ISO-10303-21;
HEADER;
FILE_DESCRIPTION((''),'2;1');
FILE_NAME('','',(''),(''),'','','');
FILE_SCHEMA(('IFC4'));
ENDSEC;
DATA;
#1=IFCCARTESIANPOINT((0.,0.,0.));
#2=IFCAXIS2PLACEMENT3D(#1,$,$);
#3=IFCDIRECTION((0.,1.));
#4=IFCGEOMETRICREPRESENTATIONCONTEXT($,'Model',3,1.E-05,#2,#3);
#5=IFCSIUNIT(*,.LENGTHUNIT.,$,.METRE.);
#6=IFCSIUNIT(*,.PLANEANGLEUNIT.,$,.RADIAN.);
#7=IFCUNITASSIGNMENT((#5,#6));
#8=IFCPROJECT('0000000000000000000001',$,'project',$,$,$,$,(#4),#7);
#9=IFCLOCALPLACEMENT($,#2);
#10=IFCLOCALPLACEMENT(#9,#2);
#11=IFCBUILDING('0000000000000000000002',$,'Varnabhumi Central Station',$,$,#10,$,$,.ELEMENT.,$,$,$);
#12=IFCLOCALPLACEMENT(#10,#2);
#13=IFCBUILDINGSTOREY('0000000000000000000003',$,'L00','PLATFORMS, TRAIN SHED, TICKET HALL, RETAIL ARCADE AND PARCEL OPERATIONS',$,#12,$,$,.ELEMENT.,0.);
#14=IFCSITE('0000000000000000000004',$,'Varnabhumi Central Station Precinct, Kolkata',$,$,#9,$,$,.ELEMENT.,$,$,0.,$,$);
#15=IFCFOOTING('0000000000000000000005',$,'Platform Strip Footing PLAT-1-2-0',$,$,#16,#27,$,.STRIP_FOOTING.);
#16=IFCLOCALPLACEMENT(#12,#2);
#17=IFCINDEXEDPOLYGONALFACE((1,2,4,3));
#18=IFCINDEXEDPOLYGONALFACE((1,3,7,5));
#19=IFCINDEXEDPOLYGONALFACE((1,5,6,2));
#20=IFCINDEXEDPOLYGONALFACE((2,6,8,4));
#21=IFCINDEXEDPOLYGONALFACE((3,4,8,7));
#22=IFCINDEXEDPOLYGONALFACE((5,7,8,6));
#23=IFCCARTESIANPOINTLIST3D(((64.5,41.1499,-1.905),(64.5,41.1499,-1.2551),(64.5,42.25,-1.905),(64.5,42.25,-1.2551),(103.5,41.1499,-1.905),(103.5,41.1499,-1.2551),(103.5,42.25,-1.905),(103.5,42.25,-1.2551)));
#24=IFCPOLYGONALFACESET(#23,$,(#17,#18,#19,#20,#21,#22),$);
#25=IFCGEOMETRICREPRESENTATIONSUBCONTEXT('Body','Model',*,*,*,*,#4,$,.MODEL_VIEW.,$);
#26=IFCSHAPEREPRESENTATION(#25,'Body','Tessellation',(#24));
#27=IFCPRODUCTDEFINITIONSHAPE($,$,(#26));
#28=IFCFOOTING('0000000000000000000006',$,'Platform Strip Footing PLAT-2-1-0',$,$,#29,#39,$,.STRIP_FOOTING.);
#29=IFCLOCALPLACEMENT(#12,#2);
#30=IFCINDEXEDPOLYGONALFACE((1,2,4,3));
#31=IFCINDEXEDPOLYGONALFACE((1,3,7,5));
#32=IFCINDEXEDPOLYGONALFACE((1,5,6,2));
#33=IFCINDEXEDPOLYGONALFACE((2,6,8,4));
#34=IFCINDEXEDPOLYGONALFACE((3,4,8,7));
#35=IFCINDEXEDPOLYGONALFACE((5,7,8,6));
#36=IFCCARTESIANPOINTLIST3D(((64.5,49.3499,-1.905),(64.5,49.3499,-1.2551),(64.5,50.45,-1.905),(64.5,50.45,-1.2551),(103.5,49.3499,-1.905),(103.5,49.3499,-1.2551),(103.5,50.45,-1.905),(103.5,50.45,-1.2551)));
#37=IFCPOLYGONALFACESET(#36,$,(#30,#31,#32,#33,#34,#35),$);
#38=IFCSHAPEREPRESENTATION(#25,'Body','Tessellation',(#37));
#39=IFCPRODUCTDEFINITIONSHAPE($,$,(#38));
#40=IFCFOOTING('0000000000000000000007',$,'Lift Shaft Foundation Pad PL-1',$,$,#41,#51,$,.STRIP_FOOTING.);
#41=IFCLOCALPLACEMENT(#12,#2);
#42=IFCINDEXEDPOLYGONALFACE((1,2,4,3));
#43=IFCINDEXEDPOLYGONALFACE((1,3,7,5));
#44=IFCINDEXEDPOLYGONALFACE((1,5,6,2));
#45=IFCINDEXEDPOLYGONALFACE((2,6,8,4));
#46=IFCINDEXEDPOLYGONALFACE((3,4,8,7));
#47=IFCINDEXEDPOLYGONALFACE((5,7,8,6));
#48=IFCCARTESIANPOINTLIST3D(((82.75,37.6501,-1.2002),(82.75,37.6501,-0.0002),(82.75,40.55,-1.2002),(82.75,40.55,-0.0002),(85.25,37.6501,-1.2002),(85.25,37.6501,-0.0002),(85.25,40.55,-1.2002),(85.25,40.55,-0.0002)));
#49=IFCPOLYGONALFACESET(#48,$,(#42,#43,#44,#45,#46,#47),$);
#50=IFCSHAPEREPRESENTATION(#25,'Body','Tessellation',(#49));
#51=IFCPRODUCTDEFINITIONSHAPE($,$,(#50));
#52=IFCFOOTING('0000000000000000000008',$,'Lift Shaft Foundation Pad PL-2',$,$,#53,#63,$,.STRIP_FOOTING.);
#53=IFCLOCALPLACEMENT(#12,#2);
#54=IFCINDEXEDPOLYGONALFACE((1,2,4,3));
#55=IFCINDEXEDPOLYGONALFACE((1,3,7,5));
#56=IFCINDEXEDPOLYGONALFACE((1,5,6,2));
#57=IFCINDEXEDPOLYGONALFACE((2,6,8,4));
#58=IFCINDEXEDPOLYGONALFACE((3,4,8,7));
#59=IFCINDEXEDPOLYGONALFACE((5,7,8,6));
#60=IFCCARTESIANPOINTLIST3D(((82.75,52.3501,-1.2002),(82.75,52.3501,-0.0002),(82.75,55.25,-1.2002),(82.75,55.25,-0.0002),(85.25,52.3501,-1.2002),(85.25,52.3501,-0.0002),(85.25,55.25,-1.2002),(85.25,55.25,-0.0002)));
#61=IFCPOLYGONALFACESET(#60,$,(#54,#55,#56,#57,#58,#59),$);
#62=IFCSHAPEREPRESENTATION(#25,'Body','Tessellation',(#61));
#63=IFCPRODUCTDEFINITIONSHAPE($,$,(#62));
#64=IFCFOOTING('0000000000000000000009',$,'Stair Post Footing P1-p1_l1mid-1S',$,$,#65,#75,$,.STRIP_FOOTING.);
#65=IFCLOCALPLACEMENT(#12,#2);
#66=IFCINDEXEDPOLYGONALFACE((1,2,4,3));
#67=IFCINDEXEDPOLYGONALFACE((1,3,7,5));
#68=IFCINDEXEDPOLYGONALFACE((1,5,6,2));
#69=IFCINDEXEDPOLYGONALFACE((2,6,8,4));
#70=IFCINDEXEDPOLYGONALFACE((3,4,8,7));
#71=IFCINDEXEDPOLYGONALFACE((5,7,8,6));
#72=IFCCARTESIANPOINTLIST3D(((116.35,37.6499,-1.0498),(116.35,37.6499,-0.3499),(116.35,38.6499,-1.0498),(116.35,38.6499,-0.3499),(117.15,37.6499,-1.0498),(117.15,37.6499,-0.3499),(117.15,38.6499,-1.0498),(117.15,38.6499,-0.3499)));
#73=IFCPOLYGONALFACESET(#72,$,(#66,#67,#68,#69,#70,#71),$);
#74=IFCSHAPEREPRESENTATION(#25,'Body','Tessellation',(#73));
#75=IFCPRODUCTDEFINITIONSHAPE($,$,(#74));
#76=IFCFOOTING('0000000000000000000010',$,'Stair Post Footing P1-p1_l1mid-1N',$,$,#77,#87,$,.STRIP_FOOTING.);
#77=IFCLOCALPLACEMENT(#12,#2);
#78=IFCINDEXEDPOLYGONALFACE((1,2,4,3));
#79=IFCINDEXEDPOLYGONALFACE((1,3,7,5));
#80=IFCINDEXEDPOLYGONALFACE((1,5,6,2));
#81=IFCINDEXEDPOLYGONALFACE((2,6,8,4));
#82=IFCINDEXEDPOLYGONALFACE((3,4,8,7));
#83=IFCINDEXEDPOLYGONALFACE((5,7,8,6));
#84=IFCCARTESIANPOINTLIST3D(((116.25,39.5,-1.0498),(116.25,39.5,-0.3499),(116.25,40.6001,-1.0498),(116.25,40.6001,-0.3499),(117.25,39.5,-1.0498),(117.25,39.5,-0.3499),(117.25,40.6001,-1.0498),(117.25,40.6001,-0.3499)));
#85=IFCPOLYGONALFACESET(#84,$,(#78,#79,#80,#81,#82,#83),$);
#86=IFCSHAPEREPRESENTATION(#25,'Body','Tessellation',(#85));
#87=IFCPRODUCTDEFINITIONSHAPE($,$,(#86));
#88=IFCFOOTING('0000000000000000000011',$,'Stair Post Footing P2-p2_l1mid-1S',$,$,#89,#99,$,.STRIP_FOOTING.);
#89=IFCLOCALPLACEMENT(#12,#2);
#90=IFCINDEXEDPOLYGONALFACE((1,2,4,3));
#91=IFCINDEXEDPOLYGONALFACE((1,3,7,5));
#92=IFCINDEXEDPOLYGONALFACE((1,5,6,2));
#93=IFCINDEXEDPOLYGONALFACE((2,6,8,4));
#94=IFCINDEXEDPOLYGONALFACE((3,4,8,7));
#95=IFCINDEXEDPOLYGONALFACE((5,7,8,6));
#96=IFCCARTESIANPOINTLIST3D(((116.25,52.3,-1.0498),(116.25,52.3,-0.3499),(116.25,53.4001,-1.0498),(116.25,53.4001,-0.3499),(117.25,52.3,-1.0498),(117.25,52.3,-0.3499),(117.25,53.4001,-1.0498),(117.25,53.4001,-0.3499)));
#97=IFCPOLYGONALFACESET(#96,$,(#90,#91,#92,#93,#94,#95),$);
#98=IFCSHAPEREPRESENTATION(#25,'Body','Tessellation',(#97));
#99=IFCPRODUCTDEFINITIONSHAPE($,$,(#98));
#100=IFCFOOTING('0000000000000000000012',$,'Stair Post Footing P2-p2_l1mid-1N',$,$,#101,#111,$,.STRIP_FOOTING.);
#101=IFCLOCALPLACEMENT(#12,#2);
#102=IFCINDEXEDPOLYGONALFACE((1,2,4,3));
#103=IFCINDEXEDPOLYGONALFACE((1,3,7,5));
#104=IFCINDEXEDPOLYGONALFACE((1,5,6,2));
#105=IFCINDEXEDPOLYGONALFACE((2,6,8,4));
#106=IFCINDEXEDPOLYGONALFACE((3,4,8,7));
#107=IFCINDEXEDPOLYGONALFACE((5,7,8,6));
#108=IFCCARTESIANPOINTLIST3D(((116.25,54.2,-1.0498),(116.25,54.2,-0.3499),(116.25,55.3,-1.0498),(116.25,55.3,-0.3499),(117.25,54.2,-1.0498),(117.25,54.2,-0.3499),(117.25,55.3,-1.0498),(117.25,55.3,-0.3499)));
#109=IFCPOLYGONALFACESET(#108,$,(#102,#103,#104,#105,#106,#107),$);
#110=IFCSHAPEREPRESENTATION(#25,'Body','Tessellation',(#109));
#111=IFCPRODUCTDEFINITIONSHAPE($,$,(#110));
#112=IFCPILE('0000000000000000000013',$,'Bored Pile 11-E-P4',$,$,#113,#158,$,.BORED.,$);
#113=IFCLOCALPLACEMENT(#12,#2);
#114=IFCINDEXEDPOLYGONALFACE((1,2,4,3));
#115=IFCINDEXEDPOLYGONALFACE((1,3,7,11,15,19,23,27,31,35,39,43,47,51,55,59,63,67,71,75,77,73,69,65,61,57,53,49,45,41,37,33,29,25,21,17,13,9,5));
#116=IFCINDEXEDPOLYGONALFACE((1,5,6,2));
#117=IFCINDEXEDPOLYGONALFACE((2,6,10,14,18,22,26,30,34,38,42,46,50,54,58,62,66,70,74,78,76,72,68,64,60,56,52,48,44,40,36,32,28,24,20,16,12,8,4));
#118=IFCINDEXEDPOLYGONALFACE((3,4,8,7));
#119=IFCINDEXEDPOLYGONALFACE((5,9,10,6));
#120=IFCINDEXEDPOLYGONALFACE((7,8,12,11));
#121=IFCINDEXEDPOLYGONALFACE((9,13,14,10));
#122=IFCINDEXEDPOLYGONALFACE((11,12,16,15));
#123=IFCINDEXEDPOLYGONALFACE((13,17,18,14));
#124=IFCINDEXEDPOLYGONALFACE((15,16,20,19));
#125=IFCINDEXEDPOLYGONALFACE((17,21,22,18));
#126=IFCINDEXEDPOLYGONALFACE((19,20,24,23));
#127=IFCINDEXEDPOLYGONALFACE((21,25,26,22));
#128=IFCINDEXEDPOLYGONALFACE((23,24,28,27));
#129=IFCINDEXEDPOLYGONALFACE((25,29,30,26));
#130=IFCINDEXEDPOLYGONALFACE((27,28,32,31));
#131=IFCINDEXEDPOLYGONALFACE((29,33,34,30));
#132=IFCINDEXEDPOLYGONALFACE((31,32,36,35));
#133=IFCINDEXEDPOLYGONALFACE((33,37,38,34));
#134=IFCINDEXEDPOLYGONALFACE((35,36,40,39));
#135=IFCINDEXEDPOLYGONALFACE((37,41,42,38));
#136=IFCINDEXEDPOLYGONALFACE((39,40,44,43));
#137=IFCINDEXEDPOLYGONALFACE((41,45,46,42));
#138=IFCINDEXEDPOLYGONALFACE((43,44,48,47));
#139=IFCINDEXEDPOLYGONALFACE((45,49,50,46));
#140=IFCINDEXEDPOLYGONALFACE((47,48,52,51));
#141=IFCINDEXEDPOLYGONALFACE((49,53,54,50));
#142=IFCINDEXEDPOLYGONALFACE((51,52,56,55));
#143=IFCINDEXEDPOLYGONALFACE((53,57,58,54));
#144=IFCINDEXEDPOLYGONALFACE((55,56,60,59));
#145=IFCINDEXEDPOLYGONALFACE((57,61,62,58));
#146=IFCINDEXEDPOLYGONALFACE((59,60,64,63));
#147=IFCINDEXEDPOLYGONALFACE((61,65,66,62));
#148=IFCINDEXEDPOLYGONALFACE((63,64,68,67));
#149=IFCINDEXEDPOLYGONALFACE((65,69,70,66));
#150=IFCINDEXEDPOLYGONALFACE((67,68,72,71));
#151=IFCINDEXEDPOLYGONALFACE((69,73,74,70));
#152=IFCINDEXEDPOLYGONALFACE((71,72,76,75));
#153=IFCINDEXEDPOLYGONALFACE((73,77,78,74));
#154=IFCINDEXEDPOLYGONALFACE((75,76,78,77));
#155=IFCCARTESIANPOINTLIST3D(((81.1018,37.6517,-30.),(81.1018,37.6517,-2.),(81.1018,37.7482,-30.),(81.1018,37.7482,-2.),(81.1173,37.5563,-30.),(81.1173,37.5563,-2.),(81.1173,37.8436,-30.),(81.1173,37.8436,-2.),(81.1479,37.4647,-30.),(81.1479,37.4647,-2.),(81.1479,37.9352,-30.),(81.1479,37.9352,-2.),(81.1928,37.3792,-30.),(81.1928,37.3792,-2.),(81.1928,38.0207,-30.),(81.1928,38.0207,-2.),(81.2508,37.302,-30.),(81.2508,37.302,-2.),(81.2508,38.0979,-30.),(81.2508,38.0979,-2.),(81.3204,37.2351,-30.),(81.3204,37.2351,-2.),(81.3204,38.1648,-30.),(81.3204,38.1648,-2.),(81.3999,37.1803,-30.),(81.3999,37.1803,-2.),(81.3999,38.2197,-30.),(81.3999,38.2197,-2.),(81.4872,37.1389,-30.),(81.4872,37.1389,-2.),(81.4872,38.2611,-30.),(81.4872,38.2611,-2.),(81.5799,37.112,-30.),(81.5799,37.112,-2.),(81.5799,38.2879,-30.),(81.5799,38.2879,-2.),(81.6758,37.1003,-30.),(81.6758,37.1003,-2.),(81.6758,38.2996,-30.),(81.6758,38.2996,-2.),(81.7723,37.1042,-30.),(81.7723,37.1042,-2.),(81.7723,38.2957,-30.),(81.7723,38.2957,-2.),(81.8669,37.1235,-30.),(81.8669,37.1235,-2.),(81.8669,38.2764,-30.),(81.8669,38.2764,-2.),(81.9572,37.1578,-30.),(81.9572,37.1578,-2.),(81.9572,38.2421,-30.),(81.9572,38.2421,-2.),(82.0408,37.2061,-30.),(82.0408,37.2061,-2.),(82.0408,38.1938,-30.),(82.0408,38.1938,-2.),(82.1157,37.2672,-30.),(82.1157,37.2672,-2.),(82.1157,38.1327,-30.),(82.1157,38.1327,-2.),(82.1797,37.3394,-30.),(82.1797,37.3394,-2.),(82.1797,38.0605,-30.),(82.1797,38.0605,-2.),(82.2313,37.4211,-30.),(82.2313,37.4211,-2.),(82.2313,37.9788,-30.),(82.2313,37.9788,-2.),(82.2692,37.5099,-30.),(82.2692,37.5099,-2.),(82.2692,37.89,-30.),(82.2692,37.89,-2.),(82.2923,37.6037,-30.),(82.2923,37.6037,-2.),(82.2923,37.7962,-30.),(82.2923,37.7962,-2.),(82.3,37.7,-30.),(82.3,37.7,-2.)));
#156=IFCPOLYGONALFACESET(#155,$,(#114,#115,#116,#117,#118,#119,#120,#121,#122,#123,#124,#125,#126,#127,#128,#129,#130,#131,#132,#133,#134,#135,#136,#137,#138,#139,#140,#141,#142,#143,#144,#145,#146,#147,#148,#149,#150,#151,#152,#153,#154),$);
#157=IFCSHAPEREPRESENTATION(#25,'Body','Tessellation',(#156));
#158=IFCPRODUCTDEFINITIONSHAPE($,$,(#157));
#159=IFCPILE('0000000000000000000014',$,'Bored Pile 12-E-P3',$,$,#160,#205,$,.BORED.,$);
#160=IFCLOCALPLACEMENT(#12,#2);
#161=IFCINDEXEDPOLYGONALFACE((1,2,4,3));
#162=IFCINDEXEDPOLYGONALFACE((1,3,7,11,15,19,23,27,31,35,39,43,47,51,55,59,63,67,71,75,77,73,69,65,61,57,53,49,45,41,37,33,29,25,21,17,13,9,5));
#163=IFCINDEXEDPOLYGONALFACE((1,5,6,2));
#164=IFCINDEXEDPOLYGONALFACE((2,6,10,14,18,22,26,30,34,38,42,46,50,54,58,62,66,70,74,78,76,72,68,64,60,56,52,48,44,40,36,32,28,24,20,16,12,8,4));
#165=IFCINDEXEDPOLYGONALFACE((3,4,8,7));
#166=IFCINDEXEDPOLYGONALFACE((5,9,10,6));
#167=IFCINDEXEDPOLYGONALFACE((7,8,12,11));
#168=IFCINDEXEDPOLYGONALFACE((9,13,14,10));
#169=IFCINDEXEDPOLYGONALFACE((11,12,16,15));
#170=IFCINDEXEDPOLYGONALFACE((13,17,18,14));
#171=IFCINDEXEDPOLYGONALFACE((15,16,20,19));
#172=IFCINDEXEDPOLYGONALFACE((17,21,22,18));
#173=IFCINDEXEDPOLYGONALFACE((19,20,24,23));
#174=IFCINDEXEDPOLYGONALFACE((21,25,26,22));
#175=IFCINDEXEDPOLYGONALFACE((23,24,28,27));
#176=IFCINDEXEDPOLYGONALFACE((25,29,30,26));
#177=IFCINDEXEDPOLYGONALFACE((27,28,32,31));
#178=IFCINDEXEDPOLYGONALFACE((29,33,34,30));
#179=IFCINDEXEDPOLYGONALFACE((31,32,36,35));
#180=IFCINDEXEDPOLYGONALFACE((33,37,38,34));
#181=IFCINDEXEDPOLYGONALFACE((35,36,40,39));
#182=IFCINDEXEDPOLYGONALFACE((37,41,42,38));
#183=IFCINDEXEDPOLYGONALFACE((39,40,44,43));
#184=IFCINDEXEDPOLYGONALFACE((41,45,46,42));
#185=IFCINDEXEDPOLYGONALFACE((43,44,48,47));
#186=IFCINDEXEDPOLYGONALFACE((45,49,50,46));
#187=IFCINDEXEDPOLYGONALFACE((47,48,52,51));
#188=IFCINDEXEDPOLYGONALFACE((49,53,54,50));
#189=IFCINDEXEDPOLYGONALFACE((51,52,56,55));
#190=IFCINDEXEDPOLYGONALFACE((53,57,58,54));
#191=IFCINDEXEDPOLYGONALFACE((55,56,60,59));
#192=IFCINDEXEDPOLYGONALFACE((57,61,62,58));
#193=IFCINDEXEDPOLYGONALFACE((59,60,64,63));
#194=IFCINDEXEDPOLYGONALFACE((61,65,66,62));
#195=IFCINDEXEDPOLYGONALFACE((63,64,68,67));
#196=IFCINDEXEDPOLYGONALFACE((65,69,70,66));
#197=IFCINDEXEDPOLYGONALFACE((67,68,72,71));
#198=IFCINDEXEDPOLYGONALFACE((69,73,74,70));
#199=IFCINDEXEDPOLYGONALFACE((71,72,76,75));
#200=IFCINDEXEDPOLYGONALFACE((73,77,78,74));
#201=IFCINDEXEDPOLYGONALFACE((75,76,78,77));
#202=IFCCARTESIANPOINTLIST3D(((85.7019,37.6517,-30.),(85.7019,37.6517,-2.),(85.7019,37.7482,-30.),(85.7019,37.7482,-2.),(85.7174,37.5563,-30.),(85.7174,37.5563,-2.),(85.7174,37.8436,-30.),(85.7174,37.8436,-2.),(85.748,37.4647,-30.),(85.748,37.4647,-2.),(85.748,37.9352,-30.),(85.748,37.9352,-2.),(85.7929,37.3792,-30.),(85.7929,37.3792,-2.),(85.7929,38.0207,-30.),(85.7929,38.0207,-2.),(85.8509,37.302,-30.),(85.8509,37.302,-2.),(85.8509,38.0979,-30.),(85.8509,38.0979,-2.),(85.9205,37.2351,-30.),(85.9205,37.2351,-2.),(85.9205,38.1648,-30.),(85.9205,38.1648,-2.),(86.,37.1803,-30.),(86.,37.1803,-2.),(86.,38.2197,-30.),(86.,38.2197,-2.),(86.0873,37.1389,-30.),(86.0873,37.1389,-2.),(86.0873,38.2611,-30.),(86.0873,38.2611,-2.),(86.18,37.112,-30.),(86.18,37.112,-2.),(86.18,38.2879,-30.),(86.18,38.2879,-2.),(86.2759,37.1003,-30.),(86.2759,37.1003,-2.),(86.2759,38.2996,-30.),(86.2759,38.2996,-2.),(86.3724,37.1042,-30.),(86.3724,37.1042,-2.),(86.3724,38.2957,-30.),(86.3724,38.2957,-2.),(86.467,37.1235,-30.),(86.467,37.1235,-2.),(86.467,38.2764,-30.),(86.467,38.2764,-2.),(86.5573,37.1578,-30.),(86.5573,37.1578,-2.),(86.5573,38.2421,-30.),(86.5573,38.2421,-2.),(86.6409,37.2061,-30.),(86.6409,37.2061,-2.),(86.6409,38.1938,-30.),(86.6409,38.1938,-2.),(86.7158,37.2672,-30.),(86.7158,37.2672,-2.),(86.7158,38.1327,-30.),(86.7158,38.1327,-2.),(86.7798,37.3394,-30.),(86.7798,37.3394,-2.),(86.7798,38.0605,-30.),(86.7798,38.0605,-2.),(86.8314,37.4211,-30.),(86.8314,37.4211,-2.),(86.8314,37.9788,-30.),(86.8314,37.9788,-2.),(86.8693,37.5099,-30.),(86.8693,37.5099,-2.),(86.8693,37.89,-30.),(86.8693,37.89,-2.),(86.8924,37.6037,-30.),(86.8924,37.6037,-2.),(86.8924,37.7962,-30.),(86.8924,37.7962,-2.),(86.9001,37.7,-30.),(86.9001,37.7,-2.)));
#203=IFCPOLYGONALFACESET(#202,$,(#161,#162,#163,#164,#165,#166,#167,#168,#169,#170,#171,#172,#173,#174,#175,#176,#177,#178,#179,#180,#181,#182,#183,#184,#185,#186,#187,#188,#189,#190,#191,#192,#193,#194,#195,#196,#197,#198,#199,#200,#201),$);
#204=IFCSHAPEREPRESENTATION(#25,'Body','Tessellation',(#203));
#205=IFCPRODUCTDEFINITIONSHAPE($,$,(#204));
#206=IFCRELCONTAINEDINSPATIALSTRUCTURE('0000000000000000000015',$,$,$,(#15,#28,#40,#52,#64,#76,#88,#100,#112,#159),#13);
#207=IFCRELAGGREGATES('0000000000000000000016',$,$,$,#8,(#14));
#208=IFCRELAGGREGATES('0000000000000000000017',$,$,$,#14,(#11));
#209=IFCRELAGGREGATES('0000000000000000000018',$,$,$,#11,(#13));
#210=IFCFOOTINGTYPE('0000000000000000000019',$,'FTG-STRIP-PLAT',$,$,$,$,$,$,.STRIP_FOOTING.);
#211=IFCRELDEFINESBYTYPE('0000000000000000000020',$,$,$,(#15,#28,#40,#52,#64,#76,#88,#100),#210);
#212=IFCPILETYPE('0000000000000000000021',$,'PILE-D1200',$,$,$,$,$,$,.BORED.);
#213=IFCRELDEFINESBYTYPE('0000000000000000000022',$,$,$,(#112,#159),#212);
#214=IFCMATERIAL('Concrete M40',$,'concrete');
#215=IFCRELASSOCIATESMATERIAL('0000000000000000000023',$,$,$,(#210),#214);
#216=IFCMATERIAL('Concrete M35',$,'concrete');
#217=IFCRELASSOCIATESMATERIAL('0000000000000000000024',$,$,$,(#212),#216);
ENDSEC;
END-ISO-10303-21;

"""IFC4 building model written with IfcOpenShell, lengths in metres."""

from ifc_helpers import new_model, si_unit, direction, frame, origin, origin_2d, place, context, subcontext, project, spatial, rectangle, circle, extrude, material, material_profile, profile_set, type_object, element, save


model = new_model("IFC4")

# Units and contexts
model_context = context("Model", 3, precision=1e-05, world=origin(), true_north=direction((0.0, 1.0)))
body_context = subcontext(model_context, "Body", "Model", "MODEL_VIEW")
ifc_project = project(units=[si_unit("LENGTHUNIT", "METRE"), si_unit("PLANEANGLEUNIT", "RADIAN")], contexts=[model_context])

# Site, building, storey
site_placement = place(None, origin())
site = spatial("IfcSite", under=ifc_project, at=site_placement, Name="Varnabhumi Central Station Precinct, Kolkata", CompositionType="ELEMENT", RefElevation=0.0)
building_placement = place(site_placement, origin())
building = spatial("IfcBuilding", under=site, at=building_placement, Name="Varnabhumi Central Station", CompositionType="ELEMENT")
storey_placement = place(building_placement, origin())
storey = spatial("IfcBuildingStorey", under=building, at=storey_placement, Name="L00", Description="PLATFORMS, TRAIN SHED, TICKET HALL, RETAIL ARCADE AND PARCEL OPERATIONS", CompositionType="ELEMENT", Elevation=0.0)

# Footings
ifc_material_1 = material(Name="Concrete M40", Category="concrete")
footing_type = type_object("IfcFootingType", Name="FTG-STRIP-PLAT", PredefinedType="STRIP_FOOTING", material=ifc_material_1)
for number, where, z_axis, x_axis, name in (
    (1, (84.0, 41.7, -1.905), (0.0, 0.0, 1.0), (1.0, 0.0, 0.0), "Platform Strip Footing PLAT-1-2-0"),
    (2, (84.0, 49.8999, -1.905), (0.0, 0.0, 1.0), (1.0, 0.0, 0.0), "Platform Strip Footing PLAT-2-1-0"),
):
    element("IfcFooting", number, at=place(storey_placement, frame(where, z_axis=z_axis, x_axis=x_axis)), inside=storey, type_object=footing_type, Name=name, PredefinedType="STRIP_FOOTING", context=body_context, shape_type="SweptSolid", body=[
        extrude(rectangle(XDim=39.0, YDim=1.1001, at=origin_2d()), origin(), (0.0, 0.0, 1.0), 0.6499),
    ])
for number, where, z_axis, x_axis, name in (
    (3, (84.0, 39.1001, -1.2002), (0.0, 0.0, 1.0), (1.0, 0.0, 0.0), "Lift Shaft Foundation Pad PL-1"),
    (4, (84.0, 53.8, -1.2002), (0.0, 0.0, 1.0), (1.0, 0.0, 0.0), "Lift Shaft Foundation Pad PL-2"),
):
    element("IfcFooting", number, at=place(storey_placement, frame(where, z_axis=z_axis, x_axis=x_axis)), inside=storey, type_object=footing_type, Name=name, PredefinedType="STRIP_FOOTING", context=body_context, shape_type="SweptSolid", body=[
        extrude(rectangle(XDim=2.5, YDim=2.8999, at=origin_2d()), origin(), (0.0, 0.0, 1.0), 1.2),
    ])
footing_placement = place(storey_placement, frame((116.75, 38.1499, -1.0498), z_axis=(0.0, 0.0, 1.0), x_axis=(1.0, 0.0, 0.0)))
element("IfcFooting", 5, at=footing_placement, inside=storey, type_object=footing_type, Name="Stair Post Footing P1-p1_l1mid-1S", PredefinedType="STRIP_FOOTING", context=body_context, shape_type="SweptSolid", body=[
    extrude(rectangle(XDim=0.8, YDim=1.0, at=origin_2d()), origin(), (0.0, 0.0, 1.0), 0.7),
])
for number, where, z_axis, x_axis, name in (
    (6, (116.75, 40.05, -1.0498), (0.0, 0.0, 1.0), (1.0, 0.0, 0.0), "Stair Post Footing P1-p1_l1mid-1N"),
    (7, (116.75, 52.8501, -1.0498), (0.0, 0.0, 1.0), (1.0, 0.0, 0.0), "Stair Post Footing P2-p2_l1mid-1S"),
    (8, (116.75, 54.75, -1.0498), (0.0, 0.0, 1.0), (1.0, 0.0, 0.0), "Stair Post Footing P2-p2_l1mid-1N"),
):
    element("IfcFooting", number, at=place(storey_placement, frame(where, z_axis=z_axis, x_axis=x_axis)), inside=storey, type_object=footing_type, Name=name, PredefinedType="STRIP_FOOTING", context=body_context, shape_type="SweptSolid", body=[
        extrude(rectangle(XDim=1.0, YDim=1.1001, at=origin_2d()), origin(), (0.0, 0.0, 1.0), 0.7),
    ])

# Piles
ifc_material_2 = material(Name="Concrete M35", Category="concrete")
ifc_material_profile_1 = material_profile(ifc_material_2, circle(Radius=0.6001, at=origin_2d()), Name="Concrete M35", Category="concrete")
ifc_profile_set_1 = profile_set([ifc_material_profile_1], Name="Concrete M35")
pile_type_1 = type_object("IfcPileType", Name="PILE-D1200", PredefinedType="BORED", material=ifc_profile_set_1)
for number, where, z_axis, x_axis, name in (
    (9, (81.7, 37.7, -2.0), (0.0, 0.0, -1.0), (1.0, 0.0, 0.0), "Bored Pile 11-E-P4"),
    (10, (86.3, 37.7, -2.0), (0.0, 0.0, -1.0), (1.0, 0.0, 0.0), "Bored Pile 12-E-P3"),
):
    element("IfcPile", number, at=place(storey_placement, frame(where, z_axis=z_axis, x_axis=x_axis)), inside=storey, type_object=pile_type_1, Name=name, PredefinedType="BORED", context=body_context, shape_type="SweptSolid", body=[
        extrude(circle(Radius=0.6001, at=origin_2d()), origin(), (0.0, 0.0, 1.0), 28.0),
    ])

save(model, "model.ifc")
